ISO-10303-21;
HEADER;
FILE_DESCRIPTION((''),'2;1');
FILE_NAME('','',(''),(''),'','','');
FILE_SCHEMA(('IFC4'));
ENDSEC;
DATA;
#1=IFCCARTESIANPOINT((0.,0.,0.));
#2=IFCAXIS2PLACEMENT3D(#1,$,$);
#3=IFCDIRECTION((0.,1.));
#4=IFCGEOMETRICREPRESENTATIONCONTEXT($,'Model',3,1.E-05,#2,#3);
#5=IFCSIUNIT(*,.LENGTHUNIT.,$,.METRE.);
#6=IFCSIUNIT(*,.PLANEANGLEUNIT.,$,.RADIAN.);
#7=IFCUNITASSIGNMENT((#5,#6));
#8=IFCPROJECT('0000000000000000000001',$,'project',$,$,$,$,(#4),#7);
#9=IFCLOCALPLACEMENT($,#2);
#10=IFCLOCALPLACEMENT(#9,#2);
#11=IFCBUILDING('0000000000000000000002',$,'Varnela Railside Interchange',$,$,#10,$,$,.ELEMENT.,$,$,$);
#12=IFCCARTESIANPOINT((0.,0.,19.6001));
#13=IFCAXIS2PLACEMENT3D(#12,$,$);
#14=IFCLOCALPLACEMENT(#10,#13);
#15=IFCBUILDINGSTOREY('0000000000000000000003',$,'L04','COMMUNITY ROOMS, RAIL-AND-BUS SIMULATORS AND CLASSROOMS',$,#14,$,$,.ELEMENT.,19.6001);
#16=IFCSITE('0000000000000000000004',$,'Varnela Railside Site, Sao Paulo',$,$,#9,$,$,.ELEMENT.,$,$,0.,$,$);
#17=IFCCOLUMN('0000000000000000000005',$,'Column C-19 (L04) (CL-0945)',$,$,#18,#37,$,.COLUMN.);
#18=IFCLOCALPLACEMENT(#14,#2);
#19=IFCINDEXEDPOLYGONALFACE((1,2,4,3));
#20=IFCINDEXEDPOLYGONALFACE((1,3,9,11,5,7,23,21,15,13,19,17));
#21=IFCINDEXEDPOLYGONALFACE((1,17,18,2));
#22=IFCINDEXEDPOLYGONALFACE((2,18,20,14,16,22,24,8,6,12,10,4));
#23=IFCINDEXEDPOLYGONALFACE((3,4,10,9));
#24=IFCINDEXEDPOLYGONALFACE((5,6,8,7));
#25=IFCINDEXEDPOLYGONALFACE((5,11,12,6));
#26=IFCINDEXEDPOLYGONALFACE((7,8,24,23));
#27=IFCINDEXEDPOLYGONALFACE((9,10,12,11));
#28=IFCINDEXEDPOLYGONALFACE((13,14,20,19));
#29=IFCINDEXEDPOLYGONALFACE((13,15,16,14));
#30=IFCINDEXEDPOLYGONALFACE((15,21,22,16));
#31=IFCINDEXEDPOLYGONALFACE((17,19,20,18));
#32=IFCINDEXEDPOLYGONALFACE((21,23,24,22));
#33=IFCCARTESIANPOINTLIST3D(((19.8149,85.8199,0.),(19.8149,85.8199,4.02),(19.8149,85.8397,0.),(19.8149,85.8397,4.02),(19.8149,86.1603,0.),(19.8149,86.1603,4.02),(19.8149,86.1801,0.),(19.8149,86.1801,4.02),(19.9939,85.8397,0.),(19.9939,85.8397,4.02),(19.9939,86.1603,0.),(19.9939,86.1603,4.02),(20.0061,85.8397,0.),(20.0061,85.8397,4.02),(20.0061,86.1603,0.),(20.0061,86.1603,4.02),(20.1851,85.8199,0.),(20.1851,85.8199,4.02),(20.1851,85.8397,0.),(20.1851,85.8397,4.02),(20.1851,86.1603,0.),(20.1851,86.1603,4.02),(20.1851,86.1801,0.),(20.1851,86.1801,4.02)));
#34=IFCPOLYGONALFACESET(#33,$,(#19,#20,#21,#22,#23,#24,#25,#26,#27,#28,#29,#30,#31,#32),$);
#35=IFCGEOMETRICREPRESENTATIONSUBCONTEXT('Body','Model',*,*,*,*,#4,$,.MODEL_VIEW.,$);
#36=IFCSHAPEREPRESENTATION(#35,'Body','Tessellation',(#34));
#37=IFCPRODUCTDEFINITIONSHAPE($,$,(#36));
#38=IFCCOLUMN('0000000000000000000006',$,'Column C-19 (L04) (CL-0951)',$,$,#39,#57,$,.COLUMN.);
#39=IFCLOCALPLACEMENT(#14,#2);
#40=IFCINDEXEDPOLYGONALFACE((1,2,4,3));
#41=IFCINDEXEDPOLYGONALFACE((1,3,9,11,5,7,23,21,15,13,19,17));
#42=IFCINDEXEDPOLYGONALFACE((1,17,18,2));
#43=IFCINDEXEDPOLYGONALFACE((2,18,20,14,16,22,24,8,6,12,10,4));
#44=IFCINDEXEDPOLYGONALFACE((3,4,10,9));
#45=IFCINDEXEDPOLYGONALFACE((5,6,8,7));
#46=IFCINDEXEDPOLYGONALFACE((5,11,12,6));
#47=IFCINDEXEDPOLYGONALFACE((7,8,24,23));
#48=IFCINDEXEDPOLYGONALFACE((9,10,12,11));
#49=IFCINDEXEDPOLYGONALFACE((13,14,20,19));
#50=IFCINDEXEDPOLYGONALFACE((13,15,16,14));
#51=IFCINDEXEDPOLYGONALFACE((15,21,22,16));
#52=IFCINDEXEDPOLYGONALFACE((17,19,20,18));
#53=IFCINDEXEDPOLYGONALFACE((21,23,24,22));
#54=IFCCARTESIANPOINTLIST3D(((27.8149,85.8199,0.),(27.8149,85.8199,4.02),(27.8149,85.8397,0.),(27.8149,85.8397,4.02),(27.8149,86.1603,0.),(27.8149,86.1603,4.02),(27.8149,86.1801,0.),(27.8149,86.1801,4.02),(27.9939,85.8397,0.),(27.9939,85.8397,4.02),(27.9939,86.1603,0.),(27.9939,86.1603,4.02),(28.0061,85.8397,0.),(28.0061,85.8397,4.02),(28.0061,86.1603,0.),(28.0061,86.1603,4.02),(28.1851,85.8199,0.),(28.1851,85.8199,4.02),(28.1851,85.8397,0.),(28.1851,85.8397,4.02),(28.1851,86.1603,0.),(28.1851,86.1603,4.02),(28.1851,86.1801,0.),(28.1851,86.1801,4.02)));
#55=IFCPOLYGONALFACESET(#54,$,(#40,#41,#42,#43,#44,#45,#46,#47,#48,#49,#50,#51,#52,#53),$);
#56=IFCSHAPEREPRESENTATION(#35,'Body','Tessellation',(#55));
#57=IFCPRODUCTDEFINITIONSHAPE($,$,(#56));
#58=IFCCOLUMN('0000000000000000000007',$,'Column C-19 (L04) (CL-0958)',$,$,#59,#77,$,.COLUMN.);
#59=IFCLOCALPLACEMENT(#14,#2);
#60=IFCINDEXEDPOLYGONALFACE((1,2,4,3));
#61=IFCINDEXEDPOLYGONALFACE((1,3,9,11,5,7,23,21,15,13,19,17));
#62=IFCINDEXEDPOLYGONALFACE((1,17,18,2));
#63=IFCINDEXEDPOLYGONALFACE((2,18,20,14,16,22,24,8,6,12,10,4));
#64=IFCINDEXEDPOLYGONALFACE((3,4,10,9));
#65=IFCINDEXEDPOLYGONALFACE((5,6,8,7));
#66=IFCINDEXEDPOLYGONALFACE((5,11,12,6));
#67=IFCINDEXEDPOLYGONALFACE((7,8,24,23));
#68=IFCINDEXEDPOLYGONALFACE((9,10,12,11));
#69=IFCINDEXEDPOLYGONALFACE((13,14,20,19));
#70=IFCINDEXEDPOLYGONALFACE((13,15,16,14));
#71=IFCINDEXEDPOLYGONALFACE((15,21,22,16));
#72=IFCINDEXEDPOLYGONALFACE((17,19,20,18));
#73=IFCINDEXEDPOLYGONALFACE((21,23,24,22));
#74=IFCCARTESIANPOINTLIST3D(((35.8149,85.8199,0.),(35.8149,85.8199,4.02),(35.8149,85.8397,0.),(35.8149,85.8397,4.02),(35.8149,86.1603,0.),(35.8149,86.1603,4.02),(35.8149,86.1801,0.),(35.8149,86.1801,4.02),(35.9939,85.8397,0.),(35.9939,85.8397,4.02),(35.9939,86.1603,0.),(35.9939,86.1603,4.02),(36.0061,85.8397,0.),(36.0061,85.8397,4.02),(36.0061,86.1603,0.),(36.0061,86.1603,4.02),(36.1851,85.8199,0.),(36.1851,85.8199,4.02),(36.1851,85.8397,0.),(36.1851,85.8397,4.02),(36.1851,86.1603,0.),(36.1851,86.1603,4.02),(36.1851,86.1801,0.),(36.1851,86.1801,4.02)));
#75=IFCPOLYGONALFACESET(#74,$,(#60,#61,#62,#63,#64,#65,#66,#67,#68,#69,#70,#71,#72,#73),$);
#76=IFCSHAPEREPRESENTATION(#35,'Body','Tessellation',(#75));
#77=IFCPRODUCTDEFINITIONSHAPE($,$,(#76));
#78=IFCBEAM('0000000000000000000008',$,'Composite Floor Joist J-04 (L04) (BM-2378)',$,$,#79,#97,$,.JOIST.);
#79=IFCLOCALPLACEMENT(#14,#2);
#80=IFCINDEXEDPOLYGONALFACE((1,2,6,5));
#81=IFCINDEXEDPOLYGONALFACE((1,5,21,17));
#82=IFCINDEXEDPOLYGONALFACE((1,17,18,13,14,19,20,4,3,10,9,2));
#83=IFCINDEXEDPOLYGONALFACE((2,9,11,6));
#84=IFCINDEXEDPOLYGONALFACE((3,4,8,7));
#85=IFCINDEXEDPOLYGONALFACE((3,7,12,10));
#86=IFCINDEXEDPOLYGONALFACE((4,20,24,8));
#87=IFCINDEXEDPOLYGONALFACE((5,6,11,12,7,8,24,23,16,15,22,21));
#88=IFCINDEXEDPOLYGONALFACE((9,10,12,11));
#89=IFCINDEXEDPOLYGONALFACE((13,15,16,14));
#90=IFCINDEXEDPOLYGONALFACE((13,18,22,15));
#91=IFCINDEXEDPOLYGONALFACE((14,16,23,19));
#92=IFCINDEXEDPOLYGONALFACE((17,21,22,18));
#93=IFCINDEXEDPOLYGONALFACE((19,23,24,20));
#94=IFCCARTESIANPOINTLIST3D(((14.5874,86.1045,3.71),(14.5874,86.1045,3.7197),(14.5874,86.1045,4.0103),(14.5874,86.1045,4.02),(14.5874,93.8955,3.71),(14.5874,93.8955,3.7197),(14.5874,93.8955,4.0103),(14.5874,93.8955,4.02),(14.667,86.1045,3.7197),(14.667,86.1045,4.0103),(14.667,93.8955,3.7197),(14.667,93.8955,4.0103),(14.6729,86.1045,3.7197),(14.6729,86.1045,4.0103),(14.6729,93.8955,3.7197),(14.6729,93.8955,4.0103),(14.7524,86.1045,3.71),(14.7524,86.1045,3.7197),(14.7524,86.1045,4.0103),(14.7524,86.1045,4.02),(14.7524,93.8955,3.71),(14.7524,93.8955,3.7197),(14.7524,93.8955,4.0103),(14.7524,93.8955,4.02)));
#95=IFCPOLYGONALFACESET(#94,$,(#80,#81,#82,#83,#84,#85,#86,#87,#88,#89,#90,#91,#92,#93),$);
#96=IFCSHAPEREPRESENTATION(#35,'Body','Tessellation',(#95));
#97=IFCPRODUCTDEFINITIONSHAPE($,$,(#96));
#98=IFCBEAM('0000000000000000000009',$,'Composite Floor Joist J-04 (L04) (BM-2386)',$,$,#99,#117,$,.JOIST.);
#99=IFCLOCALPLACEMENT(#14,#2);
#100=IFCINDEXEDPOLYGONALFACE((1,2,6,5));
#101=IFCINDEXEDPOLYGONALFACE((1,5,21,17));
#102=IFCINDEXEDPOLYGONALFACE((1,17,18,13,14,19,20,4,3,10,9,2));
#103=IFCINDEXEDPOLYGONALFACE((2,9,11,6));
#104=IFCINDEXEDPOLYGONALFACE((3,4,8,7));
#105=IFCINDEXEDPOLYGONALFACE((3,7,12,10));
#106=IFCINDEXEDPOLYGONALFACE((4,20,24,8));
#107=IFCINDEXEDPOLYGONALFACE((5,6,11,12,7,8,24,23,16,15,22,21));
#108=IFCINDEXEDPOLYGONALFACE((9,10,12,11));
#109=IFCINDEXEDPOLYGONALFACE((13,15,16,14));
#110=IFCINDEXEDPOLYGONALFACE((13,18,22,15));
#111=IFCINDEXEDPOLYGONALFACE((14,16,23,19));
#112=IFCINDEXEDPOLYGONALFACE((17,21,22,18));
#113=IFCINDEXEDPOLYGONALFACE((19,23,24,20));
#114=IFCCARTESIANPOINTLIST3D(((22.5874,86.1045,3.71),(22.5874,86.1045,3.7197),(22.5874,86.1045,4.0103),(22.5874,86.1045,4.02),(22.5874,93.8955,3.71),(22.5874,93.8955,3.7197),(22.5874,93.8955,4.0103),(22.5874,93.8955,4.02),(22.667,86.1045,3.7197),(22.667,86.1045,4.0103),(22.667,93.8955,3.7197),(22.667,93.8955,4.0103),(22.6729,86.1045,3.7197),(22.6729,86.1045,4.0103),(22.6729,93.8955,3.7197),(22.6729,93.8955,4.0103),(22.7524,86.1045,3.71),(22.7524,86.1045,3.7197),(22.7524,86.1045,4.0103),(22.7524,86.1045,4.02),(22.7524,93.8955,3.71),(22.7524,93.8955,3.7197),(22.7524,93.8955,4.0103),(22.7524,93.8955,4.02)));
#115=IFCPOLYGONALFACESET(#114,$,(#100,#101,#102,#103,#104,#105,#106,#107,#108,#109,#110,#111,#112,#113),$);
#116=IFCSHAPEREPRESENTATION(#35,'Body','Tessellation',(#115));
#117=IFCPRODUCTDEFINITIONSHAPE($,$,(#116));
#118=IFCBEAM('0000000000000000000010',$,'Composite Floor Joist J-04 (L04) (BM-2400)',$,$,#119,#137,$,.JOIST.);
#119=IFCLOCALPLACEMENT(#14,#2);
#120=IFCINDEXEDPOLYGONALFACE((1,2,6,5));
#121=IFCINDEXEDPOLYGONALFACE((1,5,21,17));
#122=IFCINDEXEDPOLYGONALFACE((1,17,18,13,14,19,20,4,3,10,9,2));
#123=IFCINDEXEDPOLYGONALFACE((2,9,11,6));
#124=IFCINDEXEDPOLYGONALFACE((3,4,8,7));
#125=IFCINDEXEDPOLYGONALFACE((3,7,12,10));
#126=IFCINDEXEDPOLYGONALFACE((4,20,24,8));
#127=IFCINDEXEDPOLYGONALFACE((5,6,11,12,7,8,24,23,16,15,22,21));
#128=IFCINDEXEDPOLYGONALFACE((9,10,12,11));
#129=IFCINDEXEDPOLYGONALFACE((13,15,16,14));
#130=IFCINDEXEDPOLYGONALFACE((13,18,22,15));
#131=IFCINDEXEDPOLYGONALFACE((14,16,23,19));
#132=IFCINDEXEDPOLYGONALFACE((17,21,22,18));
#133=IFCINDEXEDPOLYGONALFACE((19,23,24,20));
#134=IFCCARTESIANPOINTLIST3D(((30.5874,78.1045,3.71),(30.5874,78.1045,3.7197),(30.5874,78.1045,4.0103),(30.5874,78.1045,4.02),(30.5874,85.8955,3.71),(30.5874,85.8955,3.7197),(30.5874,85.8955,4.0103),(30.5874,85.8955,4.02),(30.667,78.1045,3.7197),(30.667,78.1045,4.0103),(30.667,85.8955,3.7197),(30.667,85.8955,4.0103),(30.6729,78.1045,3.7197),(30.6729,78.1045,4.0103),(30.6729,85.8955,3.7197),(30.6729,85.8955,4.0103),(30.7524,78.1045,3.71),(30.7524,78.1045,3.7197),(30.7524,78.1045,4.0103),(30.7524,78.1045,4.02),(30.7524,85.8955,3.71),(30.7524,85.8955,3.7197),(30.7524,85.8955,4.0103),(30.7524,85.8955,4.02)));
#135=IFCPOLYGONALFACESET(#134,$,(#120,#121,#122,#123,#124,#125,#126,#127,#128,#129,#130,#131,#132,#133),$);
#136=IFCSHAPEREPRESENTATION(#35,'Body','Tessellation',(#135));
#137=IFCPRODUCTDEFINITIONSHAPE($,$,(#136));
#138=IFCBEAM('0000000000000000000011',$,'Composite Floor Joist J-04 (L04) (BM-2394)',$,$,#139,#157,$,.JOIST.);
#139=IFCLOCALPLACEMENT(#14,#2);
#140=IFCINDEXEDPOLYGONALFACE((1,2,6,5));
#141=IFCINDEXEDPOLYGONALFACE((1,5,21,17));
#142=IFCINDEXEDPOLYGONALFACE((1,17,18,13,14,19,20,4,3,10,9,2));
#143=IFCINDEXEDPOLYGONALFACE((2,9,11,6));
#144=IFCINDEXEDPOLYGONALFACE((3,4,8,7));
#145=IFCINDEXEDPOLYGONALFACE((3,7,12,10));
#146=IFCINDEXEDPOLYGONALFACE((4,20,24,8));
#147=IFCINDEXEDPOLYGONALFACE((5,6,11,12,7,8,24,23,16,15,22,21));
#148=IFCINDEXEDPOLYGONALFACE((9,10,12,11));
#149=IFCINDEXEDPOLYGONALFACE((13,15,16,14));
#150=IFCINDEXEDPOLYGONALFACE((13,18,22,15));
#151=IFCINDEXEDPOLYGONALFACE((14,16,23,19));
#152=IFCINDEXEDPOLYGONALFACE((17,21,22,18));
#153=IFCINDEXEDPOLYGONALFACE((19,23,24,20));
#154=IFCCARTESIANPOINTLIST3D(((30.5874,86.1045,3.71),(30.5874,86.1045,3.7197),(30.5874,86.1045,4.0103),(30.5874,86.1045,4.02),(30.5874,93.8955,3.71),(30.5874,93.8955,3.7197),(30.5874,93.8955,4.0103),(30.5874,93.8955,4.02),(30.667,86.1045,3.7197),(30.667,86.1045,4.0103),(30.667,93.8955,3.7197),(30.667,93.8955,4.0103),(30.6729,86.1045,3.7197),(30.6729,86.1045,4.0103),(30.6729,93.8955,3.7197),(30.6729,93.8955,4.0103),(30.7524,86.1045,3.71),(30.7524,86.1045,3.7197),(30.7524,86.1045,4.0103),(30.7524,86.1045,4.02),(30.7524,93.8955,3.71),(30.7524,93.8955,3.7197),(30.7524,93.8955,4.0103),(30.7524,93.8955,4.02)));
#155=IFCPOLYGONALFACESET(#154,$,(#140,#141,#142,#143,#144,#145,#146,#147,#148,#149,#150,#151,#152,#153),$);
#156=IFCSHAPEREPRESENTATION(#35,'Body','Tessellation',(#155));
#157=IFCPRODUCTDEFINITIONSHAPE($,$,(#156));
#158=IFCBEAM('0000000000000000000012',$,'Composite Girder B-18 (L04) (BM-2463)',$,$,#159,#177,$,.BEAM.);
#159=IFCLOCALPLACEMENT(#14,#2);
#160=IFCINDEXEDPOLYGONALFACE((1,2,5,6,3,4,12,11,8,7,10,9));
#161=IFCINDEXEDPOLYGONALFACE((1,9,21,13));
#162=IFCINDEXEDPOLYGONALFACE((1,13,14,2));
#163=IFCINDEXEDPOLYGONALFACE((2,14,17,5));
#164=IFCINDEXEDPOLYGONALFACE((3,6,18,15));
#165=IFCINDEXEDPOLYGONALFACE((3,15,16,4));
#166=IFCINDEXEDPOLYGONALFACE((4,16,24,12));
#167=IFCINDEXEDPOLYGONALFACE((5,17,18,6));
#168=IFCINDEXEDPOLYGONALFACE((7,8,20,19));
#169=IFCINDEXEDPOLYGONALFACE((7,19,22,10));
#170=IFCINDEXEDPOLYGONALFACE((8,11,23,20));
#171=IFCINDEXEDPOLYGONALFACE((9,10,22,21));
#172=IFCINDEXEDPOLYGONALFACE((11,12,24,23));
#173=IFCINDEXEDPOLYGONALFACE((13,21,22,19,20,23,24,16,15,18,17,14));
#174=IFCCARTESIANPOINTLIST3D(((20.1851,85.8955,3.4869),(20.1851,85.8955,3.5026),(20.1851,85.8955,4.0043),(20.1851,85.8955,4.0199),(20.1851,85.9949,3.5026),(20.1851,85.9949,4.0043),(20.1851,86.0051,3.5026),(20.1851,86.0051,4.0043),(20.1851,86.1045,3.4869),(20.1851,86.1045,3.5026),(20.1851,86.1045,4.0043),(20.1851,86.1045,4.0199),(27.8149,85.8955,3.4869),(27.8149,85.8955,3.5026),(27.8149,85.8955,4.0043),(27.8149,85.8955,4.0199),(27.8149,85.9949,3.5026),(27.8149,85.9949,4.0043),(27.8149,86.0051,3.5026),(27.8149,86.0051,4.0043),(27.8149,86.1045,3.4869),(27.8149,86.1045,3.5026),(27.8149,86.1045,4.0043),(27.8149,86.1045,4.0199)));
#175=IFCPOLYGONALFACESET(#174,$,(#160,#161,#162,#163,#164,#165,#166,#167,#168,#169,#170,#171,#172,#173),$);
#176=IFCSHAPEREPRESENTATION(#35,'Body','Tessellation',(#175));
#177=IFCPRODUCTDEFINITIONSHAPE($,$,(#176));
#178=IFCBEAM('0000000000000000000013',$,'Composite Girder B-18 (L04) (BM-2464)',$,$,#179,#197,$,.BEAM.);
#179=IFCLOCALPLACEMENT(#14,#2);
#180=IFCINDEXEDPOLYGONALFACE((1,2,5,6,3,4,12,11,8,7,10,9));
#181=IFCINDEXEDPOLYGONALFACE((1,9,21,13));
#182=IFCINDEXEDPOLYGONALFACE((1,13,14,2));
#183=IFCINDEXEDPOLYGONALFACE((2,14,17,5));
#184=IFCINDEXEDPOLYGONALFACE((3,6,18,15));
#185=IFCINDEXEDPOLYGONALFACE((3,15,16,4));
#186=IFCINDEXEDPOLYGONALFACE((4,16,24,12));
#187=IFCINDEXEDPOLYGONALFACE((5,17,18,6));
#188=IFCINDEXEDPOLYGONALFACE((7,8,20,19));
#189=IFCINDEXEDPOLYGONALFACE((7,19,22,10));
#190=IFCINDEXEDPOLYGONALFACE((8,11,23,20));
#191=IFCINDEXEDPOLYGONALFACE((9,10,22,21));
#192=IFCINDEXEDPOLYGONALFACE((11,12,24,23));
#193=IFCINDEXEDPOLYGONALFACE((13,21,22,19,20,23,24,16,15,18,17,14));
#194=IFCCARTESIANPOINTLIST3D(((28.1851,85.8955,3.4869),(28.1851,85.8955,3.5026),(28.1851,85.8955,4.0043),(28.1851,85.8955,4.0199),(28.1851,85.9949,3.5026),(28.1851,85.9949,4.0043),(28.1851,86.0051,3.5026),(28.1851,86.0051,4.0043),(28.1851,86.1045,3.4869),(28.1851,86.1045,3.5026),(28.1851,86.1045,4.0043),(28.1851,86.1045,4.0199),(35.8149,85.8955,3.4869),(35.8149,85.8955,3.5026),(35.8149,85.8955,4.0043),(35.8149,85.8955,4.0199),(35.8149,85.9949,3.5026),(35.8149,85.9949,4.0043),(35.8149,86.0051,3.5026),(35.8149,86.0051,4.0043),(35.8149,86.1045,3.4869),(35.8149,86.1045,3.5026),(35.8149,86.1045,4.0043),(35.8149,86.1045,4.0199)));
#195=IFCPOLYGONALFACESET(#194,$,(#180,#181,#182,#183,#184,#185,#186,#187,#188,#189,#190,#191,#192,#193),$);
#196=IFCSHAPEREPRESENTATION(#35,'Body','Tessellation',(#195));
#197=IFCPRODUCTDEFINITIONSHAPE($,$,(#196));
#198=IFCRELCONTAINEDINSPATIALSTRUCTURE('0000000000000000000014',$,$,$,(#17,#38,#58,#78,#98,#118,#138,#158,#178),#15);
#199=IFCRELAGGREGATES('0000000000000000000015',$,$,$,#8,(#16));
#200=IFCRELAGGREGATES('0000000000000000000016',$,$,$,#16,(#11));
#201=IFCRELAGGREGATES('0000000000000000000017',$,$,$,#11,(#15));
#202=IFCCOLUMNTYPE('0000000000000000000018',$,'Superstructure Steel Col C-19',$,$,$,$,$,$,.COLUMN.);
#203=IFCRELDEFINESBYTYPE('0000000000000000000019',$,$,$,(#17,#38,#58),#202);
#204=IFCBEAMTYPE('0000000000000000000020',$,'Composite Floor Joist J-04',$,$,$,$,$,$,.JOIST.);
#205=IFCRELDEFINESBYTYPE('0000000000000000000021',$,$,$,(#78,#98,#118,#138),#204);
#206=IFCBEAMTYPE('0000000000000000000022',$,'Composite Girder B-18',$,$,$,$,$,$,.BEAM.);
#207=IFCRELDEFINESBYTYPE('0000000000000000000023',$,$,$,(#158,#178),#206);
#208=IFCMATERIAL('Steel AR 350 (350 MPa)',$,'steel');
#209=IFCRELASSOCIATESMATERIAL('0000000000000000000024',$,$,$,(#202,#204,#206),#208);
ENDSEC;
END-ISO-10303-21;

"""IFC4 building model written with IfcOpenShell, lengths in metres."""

from ifc_helpers import new_model, si_unit, direction, frame, origin, origin_2d, place, context, subcontext, project, spatial, i_section, extrude, material, material_profile, profile_set, type_object, element, save


model = new_model("IFC4")

# Units and contexts
model_context = context("Model", 3, precision=1e-05, world=origin(), true_north=direction((0.0, 1.0)))
body_context = subcontext(model_context, "Body", "Model", "MODEL_VIEW")
ifc_project = project(units=[si_unit("LENGTHUNIT", "METRE"), si_unit("PLANEANGLEUNIT", "RADIAN")], contexts=[model_context])

# Site, building, storey
site_placement = place(None, origin())
site = spatial("IfcSite", under=ifc_project, at=site_placement, Name="Varnela Railside Site, Sao Paulo", CompositionType="ELEMENT", RefElevation=0.0)
building_placement = place(site_placement, origin())
building = spatial("IfcBuilding", under=site, at=building_placement, Name="Varnela Railside Interchange", CompositionType="ELEMENT")
storey_placement = place(building_placement, frame((0.0, 0.0, 19.6001)))
storey = spatial("IfcBuildingStorey", under=building, at=storey_placement, Name="L04", Description="COMMUNITY ROOMS, RAIL-AND-BUS SIMULATORS AND CLASSROOMS", CompositionType="ELEMENT", Elevation=19.6001)

# Columns
ifc_material_1 = material(Name="Steel AR 350 (350 MPa)", Category="steel")
ifc_material_profile_1 = material_profile(ifc_material_1, i_section(OverallWidth=0.3701, OverallDepth=0.3601, WebThickness=0.0122, FlangeThickness=0.0198, at=origin_2d()), Name="W360x147")
ifc_profile_set_1 = profile_set([ifc_material_profile_1], Name="Steel AR 350 (350 MPa)")
column_type = type_object("IfcColumnType", Name="Superstructure Steel Col C-19", PredefinedType="COLUMN", material=ifc_profile_set_1)
for number, where, z_axis, x_axis, name in (
    (1, (20.0, 86.0, 0.0), (0.0, 0.0, 1.0), (1.0, 0.0, 0.0), "Column C-19 (L04) (CL-0945)"),
    (2, (28.0, 86.0, 0.0), (0.0, 0.0, 1.0), (1.0, 0.0, 0.0), "Column C-19 (L04) (CL-0951)"),
    (3, (36.0, 86.0, 0.0), (0.0, 0.0, 1.0), (1.0, 0.0, 0.0), "Column C-19 (L04) (CL-0958)"),
):
    element("IfcColumn", number, at=place(storey_placement, frame(where, z_axis=z_axis, x_axis=x_axis)), inside=storey, type_object=column_type, Name=name, PredefinedType="COLUMN", context=body_context, shape_type="SweptSolid", body=[
        extrude(i_section(OverallWidth=0.3701, OverallDepth=0.3601, WebThickness=0.0122, FlangeThickness=0.0198, at=origin_2d()), origin(), (0.0, 0.0, 1.0), 4.02),
    ])

# Beams
ifc_material_profile_2 = material_profile(ifc_material_1, i_section(OverallWidth=0.165, OverallDepth=0.3101, WebThickness=0.0059, FlangeThickness=0.0098, at=origin_2d()), Name="W310x38.7")
ifc_profile_set_2 = profile_set([ifc_material_profile_2], Name="Steel AR 350 (350 MPa)")
beam_type_1 = type_object("IfcBeamType", Name="Composite Floor Joist J-04", PredefinedType="JOIST", material=ifc_profile_set_2)
for number, where, z_axis, x_axis, name in (
    (4, (14.6699, 86.1045, 3.865), (0.0, 1.0, 0.0), (-1.0, 0.0, 0.0), "Composite Floor Joist J-04 (L04) (BM-2378)"),
    (5, (22.6699, 86.1045, 3.865), (0.0, 1.0, 0.0), (-1.0, 0.0, 0.0), "Composite Floor Joist J-04 (L04) (BM-2386)"),
    (6, (30.6699, 78.1045, 3.865), (0.0, 1.0, 0.0), (-1.0, 0.0, 0.0), "Composite Floor Joist J-04 (L04) (BM-2400)"),
    (7, (30.6699, 86.1045, 3.865), (0.0, 1.0, 0.0), (-1.0, 0.0, 0.0), "Composite Floor Joist J-04 (L04) (BM-2394)"),
):
    element("IfcBeam", number, at=place(storey_placement, frame(where, z_axis=z_axis, x_axis=x_axis)), inside=storey, type_object=beam_type_1, Name=name, PredefinedType="JOIST", context=body_context, shape_type="SweptSolid", body=[
        extrude(i_section(OverallWidth=0.165, OverallDepth=0.3101, WebThickness=0.0059, FlangeThickness=0.0098, at=origin_2d()), origin(), (0.0, 0.0, 1.0), 7.791),
    ])
ifc_material_profile_3 = material_profile(ifc_material_1, i_section(OverallWidth=0.209, OverallDepth=0.533, WebThickness=0.0103, FlangeThickness=0.0156, at=origin_2d()), Name="W530x92")
ifc_profile_set_3 = profile_set([ifc_material_profile_3], Name="Steel AR 350 (350 MPa)")
beam_type_2 = type_object("IfcBeamType", Name="Composite Girder B-18", PredefinedType="BEAM", material=ifc_profile_set_3)
for number, where, z_axis, x_axis, name in (
    (8, (20.1851, 86.0, 3.7534), (1.0, 0.0, 0.0), (0.0, 1.0, 0.0), "Composite Girder B-18 (L04) (BM-2463)"),
    (9, (28.1851, 86.0, 3.7534), (1.0, 0.0, 0.0), (0.0, 1.0, 0.0), "Composite Girder B-18 (L04) (BM-2464)"),
):
    element("IfcBeam", number, at=place(storey_placement, frame(where, z_axis=z_axis, x_axis=x_axis)), inside=storey, type_object=beam_type_2, Name=name, PredefinedType="BEAM", context=body_context, shape_type="SweptSolid", body=[
        extrude(i_section(OverallWidth=0.209, OverallDepth=0.533, WebThickness=0.0103, FlangeThickness=0.0156, at=origin_2d()), origin(), (0.0, 0.0, 1.0), 7.6299),
    ])

save(model, "model.ifc")
